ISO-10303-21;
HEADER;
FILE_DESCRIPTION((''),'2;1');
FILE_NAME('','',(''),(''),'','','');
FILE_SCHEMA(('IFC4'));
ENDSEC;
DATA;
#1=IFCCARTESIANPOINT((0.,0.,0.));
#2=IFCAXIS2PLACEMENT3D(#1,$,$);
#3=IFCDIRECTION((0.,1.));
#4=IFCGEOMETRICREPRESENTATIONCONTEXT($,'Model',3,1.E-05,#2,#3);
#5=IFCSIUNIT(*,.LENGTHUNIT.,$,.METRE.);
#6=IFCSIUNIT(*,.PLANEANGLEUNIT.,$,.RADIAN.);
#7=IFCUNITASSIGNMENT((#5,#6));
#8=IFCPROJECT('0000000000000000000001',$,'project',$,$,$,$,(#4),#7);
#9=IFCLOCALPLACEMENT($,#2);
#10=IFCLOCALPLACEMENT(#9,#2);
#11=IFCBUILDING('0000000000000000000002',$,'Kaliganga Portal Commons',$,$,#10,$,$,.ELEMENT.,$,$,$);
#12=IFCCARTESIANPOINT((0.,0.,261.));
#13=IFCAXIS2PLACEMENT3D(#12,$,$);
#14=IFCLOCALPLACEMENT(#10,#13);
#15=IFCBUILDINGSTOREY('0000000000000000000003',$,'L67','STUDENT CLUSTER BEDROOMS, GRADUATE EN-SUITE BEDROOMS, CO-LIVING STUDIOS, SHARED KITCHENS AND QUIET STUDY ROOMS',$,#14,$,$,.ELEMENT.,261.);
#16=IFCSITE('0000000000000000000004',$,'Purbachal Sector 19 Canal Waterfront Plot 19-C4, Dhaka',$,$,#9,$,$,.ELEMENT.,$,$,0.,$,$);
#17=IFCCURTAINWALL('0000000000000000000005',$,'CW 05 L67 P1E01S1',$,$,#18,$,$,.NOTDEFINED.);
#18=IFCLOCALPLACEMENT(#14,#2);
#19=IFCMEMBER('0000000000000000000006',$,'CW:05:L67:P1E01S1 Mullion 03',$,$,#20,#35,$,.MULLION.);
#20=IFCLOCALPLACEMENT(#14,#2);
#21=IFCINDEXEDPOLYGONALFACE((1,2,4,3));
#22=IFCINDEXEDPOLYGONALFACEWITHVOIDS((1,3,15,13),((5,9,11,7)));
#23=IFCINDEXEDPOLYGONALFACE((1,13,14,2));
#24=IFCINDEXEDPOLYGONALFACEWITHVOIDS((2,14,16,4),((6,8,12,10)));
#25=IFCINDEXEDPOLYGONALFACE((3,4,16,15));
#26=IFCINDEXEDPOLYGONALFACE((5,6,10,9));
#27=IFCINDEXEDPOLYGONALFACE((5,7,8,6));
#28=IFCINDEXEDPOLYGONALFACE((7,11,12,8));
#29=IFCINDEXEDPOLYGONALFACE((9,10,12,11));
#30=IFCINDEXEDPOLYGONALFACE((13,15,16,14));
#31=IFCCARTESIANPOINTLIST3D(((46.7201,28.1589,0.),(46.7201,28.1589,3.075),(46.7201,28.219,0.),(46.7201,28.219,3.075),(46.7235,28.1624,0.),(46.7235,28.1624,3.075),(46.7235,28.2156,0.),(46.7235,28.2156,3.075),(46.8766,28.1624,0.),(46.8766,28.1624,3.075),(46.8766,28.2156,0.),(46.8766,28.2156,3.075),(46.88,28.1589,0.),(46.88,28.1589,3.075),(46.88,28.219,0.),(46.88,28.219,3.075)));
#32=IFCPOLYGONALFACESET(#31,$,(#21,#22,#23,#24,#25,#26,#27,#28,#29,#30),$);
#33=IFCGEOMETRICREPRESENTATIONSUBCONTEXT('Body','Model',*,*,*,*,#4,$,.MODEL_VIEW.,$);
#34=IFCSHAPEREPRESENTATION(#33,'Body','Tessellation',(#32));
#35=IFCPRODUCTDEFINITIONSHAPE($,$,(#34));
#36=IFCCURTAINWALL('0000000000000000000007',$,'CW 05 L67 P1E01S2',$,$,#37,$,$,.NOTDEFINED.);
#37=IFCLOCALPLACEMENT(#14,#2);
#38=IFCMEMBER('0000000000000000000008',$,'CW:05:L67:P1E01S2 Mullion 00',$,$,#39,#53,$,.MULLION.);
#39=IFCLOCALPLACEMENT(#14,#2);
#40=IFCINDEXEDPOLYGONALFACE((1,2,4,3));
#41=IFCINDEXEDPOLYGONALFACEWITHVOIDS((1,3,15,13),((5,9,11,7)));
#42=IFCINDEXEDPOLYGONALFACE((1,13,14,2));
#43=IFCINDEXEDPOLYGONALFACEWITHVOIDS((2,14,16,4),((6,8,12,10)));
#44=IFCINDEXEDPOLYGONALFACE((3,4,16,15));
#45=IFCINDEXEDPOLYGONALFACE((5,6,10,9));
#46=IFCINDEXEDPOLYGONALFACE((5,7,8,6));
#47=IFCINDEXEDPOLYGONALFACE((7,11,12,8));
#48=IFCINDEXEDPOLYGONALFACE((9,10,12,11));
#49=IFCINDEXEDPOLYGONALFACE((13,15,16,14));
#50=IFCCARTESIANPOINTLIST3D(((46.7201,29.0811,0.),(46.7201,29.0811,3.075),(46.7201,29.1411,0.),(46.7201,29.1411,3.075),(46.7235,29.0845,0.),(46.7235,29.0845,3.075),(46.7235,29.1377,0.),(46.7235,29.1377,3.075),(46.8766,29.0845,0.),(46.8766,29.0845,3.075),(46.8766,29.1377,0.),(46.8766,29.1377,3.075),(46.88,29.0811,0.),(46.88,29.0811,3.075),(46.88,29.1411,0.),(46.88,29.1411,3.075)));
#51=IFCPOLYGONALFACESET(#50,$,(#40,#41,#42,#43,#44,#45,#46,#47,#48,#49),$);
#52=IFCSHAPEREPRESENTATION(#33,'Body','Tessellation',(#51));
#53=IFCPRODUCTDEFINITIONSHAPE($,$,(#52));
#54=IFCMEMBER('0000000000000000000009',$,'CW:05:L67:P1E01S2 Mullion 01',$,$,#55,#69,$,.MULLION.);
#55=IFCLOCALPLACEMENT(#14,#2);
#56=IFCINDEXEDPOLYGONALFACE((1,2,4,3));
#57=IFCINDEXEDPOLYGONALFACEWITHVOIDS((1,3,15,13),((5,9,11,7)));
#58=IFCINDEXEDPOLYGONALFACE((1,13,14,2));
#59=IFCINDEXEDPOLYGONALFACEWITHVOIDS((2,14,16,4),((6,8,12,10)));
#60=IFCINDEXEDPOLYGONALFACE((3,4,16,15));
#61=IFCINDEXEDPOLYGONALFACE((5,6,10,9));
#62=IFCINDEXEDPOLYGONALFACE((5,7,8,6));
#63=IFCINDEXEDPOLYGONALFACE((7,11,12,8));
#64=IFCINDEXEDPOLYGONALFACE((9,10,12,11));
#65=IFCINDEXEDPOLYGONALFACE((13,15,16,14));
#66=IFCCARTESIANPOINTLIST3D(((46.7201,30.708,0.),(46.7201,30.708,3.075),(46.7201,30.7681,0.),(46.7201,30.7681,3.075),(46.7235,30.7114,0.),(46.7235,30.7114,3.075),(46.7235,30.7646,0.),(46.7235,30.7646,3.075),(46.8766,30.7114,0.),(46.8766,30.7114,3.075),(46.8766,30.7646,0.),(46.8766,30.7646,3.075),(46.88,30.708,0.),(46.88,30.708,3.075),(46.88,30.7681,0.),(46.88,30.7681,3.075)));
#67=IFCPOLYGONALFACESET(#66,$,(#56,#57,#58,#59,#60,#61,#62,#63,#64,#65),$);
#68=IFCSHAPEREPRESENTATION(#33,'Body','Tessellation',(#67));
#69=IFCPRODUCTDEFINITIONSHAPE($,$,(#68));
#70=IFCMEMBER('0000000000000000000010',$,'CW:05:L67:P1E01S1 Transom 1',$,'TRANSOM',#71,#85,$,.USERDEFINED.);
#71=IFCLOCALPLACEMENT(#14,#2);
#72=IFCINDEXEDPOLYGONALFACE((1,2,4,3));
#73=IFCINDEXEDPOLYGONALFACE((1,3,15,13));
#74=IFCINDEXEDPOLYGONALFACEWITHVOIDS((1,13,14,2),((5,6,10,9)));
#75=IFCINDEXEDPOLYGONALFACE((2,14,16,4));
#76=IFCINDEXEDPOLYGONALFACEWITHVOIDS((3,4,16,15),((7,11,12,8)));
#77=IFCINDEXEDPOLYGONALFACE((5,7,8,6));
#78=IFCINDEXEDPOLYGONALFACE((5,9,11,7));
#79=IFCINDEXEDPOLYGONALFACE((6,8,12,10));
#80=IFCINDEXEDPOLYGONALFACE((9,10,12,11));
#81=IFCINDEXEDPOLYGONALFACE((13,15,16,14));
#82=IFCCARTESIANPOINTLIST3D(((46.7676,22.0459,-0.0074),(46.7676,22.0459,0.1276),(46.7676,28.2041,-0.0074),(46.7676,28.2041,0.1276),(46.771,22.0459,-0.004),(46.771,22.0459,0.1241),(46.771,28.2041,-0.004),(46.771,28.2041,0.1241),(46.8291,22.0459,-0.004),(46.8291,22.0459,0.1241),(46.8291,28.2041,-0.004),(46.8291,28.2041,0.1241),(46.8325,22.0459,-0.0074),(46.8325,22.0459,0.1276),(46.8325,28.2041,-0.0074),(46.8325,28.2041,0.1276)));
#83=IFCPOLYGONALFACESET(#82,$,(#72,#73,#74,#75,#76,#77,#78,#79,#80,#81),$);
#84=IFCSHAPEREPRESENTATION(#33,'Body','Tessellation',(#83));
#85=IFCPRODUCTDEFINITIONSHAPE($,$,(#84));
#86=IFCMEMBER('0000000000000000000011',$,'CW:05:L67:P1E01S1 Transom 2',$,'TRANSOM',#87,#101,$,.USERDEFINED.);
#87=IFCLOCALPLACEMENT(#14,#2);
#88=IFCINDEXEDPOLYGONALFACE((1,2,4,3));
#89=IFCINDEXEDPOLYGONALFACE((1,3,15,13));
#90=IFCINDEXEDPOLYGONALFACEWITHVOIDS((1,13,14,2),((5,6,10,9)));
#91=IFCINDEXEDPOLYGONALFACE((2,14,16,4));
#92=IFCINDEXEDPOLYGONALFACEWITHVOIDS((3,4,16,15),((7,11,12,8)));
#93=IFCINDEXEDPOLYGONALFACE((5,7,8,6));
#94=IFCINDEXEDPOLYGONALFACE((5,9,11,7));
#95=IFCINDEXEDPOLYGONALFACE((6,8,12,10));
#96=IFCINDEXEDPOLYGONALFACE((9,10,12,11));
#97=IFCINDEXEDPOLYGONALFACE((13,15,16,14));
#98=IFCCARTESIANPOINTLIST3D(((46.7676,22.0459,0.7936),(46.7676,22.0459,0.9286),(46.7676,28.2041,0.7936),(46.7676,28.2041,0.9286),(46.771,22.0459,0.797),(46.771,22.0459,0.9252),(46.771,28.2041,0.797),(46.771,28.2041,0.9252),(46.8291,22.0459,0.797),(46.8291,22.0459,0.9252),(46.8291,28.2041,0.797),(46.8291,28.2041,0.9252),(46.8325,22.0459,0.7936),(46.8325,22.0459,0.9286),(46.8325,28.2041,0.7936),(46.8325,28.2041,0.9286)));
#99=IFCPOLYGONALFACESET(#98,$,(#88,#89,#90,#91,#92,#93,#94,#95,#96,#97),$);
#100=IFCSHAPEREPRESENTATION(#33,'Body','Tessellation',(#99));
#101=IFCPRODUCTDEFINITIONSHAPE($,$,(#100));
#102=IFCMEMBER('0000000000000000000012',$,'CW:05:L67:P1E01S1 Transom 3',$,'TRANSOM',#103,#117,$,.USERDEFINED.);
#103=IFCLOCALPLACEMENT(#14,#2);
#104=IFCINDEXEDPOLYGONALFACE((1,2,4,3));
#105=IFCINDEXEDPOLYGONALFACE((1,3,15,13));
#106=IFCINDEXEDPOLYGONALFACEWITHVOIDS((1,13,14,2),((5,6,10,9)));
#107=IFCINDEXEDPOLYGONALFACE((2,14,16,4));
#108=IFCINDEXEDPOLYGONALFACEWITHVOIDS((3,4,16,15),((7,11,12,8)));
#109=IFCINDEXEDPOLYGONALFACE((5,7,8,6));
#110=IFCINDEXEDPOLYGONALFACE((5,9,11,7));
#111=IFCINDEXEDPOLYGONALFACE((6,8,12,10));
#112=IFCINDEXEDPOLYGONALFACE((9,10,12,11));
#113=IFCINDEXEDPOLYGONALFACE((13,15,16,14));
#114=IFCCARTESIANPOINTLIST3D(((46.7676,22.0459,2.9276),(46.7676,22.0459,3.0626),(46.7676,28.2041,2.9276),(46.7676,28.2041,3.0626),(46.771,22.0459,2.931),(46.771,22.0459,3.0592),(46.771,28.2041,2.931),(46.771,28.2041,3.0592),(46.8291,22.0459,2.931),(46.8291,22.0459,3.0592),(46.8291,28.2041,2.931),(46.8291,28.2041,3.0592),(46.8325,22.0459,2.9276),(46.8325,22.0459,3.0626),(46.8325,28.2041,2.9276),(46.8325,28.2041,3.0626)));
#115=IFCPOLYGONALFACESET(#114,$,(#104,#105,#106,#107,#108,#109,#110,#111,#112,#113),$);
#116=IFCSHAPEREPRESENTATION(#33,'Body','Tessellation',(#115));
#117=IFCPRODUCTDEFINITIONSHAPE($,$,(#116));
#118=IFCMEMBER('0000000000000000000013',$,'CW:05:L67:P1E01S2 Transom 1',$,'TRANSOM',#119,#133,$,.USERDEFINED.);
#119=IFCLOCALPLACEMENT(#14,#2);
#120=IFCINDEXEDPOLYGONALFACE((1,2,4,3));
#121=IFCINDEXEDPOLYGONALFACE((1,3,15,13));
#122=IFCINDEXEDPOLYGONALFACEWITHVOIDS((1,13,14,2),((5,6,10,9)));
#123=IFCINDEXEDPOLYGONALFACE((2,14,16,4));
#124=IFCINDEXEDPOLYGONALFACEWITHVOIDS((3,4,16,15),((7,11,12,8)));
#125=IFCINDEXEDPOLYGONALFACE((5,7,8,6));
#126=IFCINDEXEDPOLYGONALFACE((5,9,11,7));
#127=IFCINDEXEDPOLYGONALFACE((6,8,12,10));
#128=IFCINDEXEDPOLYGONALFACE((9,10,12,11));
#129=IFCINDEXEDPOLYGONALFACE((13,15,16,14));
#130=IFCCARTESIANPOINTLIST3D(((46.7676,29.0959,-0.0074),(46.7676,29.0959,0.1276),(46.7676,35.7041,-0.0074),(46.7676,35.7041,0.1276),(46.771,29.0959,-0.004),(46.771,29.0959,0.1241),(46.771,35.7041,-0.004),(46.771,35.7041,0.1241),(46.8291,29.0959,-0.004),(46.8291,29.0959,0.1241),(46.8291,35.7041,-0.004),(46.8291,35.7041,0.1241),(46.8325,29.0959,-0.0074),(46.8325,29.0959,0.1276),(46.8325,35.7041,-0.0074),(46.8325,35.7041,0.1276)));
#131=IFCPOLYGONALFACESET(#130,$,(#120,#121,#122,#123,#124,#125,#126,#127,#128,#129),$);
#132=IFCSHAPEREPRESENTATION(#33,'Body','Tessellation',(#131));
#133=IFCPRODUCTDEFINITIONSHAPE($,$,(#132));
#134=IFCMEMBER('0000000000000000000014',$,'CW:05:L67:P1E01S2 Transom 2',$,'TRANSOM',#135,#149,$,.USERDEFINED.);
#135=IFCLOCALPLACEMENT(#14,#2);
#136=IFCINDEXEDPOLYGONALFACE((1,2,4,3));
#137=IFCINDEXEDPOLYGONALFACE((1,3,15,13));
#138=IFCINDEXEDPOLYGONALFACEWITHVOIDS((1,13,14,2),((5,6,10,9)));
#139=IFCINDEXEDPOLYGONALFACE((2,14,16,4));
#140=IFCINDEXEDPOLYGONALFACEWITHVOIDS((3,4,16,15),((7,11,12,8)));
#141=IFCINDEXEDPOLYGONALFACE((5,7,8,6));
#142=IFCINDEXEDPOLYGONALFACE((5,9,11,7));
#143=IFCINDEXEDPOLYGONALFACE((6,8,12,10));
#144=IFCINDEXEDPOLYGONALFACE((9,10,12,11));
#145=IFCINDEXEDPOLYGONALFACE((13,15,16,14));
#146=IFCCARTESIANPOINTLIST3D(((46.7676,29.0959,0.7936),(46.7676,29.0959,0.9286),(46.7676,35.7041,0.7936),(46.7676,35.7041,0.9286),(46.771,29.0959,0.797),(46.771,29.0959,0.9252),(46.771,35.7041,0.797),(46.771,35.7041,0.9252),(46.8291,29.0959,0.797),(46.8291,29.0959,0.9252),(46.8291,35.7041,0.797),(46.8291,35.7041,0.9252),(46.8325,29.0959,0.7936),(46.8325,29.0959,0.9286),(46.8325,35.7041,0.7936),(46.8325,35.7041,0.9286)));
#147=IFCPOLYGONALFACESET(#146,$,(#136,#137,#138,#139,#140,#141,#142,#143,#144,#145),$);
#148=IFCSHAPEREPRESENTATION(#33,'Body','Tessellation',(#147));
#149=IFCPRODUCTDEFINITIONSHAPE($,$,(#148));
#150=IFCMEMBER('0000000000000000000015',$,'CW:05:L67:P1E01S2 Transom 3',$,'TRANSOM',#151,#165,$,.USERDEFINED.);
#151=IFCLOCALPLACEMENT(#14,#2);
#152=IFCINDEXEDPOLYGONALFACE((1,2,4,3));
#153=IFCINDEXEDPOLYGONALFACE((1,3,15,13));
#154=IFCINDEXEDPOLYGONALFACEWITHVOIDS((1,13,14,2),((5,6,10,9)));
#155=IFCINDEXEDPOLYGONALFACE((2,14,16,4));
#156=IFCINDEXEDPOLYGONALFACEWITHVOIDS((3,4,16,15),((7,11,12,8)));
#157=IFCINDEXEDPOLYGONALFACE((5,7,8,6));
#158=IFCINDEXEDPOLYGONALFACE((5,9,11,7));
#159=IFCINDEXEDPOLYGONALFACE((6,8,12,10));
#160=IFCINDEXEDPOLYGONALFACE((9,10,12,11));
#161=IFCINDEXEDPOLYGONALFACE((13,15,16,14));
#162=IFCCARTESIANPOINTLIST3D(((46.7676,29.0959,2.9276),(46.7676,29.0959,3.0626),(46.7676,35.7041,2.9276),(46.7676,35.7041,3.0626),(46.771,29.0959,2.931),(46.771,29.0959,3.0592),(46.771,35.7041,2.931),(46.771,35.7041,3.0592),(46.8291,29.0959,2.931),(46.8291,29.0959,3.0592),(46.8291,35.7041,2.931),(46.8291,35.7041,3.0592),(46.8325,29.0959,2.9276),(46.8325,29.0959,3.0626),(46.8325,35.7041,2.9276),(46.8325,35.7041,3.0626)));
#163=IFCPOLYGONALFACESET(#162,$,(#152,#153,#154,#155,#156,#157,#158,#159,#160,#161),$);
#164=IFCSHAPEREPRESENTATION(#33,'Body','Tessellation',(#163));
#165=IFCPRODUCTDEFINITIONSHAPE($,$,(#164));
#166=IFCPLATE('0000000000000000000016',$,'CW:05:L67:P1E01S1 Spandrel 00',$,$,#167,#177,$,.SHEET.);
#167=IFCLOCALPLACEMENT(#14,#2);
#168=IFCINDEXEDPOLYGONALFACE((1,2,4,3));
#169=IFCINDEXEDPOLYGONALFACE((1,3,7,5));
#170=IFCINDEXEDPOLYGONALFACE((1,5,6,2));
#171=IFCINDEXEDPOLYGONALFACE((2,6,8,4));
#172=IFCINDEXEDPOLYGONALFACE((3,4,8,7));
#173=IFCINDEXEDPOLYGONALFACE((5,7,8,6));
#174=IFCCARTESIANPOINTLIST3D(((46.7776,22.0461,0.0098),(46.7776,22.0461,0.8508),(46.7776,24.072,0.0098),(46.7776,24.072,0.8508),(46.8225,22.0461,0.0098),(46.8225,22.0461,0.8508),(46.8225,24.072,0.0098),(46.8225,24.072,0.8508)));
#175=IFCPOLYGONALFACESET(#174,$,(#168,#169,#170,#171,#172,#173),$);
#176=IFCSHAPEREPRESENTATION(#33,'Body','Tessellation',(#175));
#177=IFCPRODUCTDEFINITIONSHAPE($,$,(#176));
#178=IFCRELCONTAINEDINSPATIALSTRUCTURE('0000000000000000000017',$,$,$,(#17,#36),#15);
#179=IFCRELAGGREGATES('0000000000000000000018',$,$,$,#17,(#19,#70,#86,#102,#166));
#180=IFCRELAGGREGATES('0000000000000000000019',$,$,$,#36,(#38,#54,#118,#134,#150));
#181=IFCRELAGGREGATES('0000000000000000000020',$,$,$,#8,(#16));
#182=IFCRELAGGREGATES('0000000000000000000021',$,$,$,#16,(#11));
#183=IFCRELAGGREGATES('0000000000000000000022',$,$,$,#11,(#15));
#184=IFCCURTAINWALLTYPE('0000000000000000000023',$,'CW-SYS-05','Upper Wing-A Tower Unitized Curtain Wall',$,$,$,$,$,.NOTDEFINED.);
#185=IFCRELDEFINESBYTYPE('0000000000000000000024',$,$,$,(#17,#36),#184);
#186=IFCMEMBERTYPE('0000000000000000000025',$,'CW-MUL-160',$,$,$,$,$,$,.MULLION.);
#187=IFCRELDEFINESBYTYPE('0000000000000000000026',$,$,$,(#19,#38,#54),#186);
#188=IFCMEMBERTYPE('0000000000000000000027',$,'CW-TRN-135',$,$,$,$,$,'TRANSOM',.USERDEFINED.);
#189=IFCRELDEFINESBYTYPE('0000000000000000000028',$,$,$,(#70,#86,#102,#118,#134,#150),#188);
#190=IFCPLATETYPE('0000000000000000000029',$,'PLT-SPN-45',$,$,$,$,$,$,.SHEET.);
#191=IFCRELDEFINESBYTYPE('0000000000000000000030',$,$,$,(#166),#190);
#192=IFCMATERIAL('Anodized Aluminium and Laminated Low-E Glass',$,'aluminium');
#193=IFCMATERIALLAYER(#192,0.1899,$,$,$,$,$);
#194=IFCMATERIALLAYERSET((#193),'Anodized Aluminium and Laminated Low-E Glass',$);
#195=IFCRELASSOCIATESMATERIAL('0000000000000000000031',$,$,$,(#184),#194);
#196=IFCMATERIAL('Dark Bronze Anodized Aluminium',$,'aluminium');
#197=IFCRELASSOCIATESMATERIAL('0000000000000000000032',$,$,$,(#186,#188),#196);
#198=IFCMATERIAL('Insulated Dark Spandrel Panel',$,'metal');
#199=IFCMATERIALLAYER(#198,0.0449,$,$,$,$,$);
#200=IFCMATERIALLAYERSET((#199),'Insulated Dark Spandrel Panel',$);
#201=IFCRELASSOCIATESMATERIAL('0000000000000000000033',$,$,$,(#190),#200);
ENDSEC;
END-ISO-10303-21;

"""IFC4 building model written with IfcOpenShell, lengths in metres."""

from ifc_helpers import new_model, si_unit, direction, frame, origin, origin_2d, place, context, subcontext, project, spatial, rectangle, hollow_rectangle, extrude, source, transform, mapped, material, layer, layer_set, material_profile, profile_set, type_object, element, aggregate, save


model = new_model("IFC4")

# Units and contexts
model_context = context("Model", 3, precision=1e-05, world=origin(), true_north=direction((0.0, 1.0)))
body_context = subcontext(model_context, "Body", "Model", "MODEL_VIEW")
ifc_project = project(units=[si_unit("LENGTHUNIT", "METRE"), si_unit("PLANEANGLEUNIT", "RADIAN")], contexts=[model_context])

# Site, building, storey
site_placement = place(None, origin())
site = spatial("IfcSite", under=ifc_project, at=site_placement, Name="Purbachal Sector 19 Canal Waterfront Plot 19-C4, Dhaka", CompositionType="ELEMENT", RefElevation=0.0)
building_placement = place(site_placement, origin())
building = spatial("IfcBuilding", under=site, at=building_placement, Name="Kaliganga Portal Commons", CompositionType="ELEMENT")
storey_placement = place(building_placement, frame((0.0, 0.0, 261.0)))
storey = spatial("IfcBuildingStorey", under=building, at=storey_placement, Name="L67", Description="STUDENT CLUSTER BEDROOMS, GRADUATE EN-SUITE BEDROOMS, CO-LIVING STUDIOS, SHARED KITCHENS AND QUIET STUDY ROOMS", CompositionType="ELEMENT", Elevation=261.0)

# Curtain walls, members
ifc_material_1 = material(Name="Anodized Aluminium and Laminated Low-E Glass", Category="aluminium")
ifc_layer_1 = layer(ifc_material_1, 0.1899)
ifc_layer_set_1 = layer_set([ifc_layer_1], Name="Anodized Aluminium and Laminated Low-E Glass")
curtain_wall_type = type_object("IfcCurtainWallType", Name="CW-SYS-05", Description="Upper Wing-A Tower Unitized Curtain Wall", PredefinedType="NOTDEFINED", material=ifc_layer_set_1)
curtain_wall_1_placement = place(storey_placement, origin())
curtain_wall_1 = element("IfcCurtainWall", 1, at=curtain_wall_1_placement, inside=storey, type_object=curtain_wall_type, Name="CW 05 L67 P1E01S1", PredefinedType="NOTDEFINED")
ifc_material_2 = material(Name="Dark Bronze Anodized Aluminium", Category="aluminium")
ifc_material_profile_1 = material_profile(ifc_material_2, hollow_rectangle(XDim=0.0601, YDim=0.1599, WallThickness=0.0034, at=origin_2d()), Name="ALU MULL 60x160x3.5")
ifc_profile_set_1 = profile_set([ifc_material_profile_1], Name="Dark Bronze Anodized Aluminium")
member_type_1 = type_object("IfcMemberType", Name="CW-MUL-160", PredefinedType="MULLION", material=ifc_profile_set_1)
shared_shape_1 = source(origin(), body_context, "Body", "SweptSolid", [
    extrude(hollow_rectangle(XDim=0.0601, YDim=0.1599, WallThickness=0.0034, at=origin_2d()), origin(), (0.0, 0.0, 1.0), 3.075),
])
member_1_placement = place(storey_placement, frame((46.8, 28.189, 0.0), z_axis=(0.0, 0.0, 1.0), x_axis=(0.0, 1.0, 0.0)))
member_1 = element("IfcMember", 2, at=member_1_placement, type_object=member_type_1, Name="CW:05:L67:P1E01S1 Mullion 03", PredefinedType="MULLION", context=body_context, shape_type="MappedRepresentation", body=[
    mapped(shared_shape_1, transform((0.0, 0.0, 0.0), x_axis=(1.0, 0.0, 0.0), y_axis=(0.0, 1.0, 0.0), z_axis=(0.0, 0.0, 1.0), scale=1.0)),
])
curtain_wall_2_placement = place(storey_placement, origin())
curtain_wall_2 = element("IfcCurtainWall", 3, at=curtain_wall_2_placement, inside=storey, type_object=curtain_wall_type, Name="CW 05 L67 P1E01S2", PredefinedType="NOTDEFINED")
member_2_placement = place(storey_placement, frame((46.8, 29.1111, 0.0), z_axis=(0.0, 0.0, 1.0), x_axis=(0.0, 1.0, 0.0)))
member_2 = element("IfcMember", 4, at=member_2_placement, type_object=member_type_1, Name="CW:05:L67:P1E01S2 Mullion 00", PredefinedType="MULLION", context=body_context, shape_type="MappedRepresentation", body=[
    mapped(shared_shape_1, transform((0.0, 0.0, 0.0), x_axis=(1.0, 0.0, 0.0), y_axis=(0.0, 1.0, 0.0), z_axis=(0.0, 0.0, 1.0), scale=1.0)),
])
member_3_placement = place(storey_placement, frame((46.8, 30.738, 0.0), z_axis=(0.0, 0.0, 1.0), x_axis=(0.0, 1.0, 0.0)))
member_3 = element("IfcMember", 5, at=member_3_placement, type_object=member_type_1, Name="CW:05:L67:P1E01S2 Mullion 01", PredefinedType="MULLION", context=body_context, shape_type="MappedRepresentation", body=[
    mapped(shared_shape_1, transform((0.0, 0.0, 0.0), x_axis=(1.0, 0.0, 0.0), y_axis=(0.0, 1.0, 0.0), z_axis=(0.0, 0.0, 1.0), scale=1.0)),
])

# Members
ifc_material_profile_2 = material_profile(ifc_material_2, hollow_rectangle(XDim=0.0649, YDim=0.135, WallThickness=0.0034, at=origin_2d()), Name="ALU TRAN 65x135x3.5")
ifc_profile_set_2 = profile_set([ifc_material_profile_2], Name="Dark Bronze Anodized Aluminium")
member_type_2 = type_object("IfcMemberType", Name="CW-TRN-135", ElementType="TRANSOM", PredefinedType="USERDEFINED", material=ifc_profile_set_2)
shared_shape_2 = source(origin(), body_context, "Body", "SweptSolid", [
    extrude(hollow_rectangle(XDim=0.0649, YDim=0.135, WallThickness=0.0034, at=origin_2d()), origin(), (0.0, 0.0, 1.0), 6.1582),
])
member_4_placement = place(storey_placement, frame((46.8, 22.0459, 0.0601), z_axis=(0.0, 1.0, 0.0), x_axis=(-1.0, 0.0, 0.0)))
member_4 = element("IfcMember", 6, at=member_4_placement, type_object=member_type_2, Name="CW:05:L67:P1E01S1 Transom 1", ObjectType="TRANSOM", PredefinedType="USERDEFINED", context=body_context, shape_type="MappedRepresentation", body=[
    mapped(shared_shape_2, transform((0.0, 0.0, 0.0), x_axis=(1.0, 0.0, 0.0), y_axis=(0.0, 1.0, 0.0), z_axis=(0.0, 0.0, 1.0), scale=1.0)),
])
member_5_placement = place(storey_placement, frame((46.8, 22.0459, 0.8611), z_axis=(0.0, 1.0, 0.0), x_axis=(-1.0, 0.0, 0.0)))
member_5 = element("IfcMember", 7, at=member_5_placement, type_object=member_type_2, Name="CW:05:L67:P1E01S1 Transom 2", ObjectType="TRANSOM", PredefinedType="USERDEFINED", context=body_context, shape_type="MappedRepresentation", body=[
    mapped(shared_shape_2, transform((0.0, 0.0, 0.0), x_axis=(1.0, 0.0, 0.0), y_axis=(0.0, 1.0, 0.0), z_axis=(0.0, 0.0, 1.0), scale=1.0)),
])
member_6_placement = place(storey_placement, frame((46.8, 22.0459, 2.9951), z_axis=(0.0, 1.0, 0.0), x_axis=(-1.0, 0.0, 0.0)))
member_6 = element("IfcMember", 8, at=member_6_placement, type_object=member_type_2, Name="CW:05:L67:P1E01S1 Transom 3", ObjectType="TRANSOM", PredefinedType="USERDEFINED", context=body_context, shape_type="MappedRepresentation", body=[
    mapped(shared_shape_2, transform((0.0, 0.0, 0.0), x_axis=(1.0, 0.0, 0.0), y_axis=(0.0, 1.0, 0.0), z_axis=(0.0, 0.0, 1.0), scale=1.0)),
])
shared_shape_3 = source(origin(), body_context, "Body", "SweptSolid", [
    extrude(hollow_rectangle(XDim=0.0649, YDim=0.135, WallThickness=0.0034, at=origin_2d()), origin(), (0.0, 0.0, 1.0), 6.6082),
])
member_7_placement = place(storey_placement, frame((46.8, 29.0959, 0.0601), z_axis=(0.0, 1.0, 0.0), x_axis=(-1.0, 0.0, 0.0)))
member_7 = element("IfcMember", 9, at=member_7_placement, type_object=member_type_2, Name="CW:05:L67:P1E01S2 Transom 1", ObjectType="TRANSOM", PredefinedType="USERDEFINED", context=body_context, shape_type="MappedRepresentation", body=[
    mapped(shared_shape_3, transform((0.0, 0.0, 0.0), x_axis=(1.0, 0.0, 0.0), y_axis=(0.0, 1.0, 0.0), z_axis=(0.0, 0.0, 1.0), scale=1.0)),
])
member_8_placement = place(storey_placement, frame((46.8, 29.0959, 0.8611), z_axis=(0.0, 1.0, 0.0), x_axis=(-1.0, 0.0, 0.0)))
member_8 = element("IfcMember", 10, at=member_8_placement, type_object=member_type_2, Name="CW:05:L67:P1E01S2 Transom 2", ObjectType="TRANSOM", PredefinedType="USERDEFINED", context=body_context, shape_type="MappedRepresentation", body=[
    mapped(shared_shape_3, transform((0.0, 0.0, 0.0), x_axis=(1.0, 0.0, 0.0), y_axis=(0.0, 1.0, 0.0), z_axis=(0.0, 0.0, 1.0), scale=1.0)),
])
member_9_placement = place(storey_placement, frame((46.8, 29.0959, 2.9951), z_axis=(0.0, 1.0, 0.0), x_axis=(-1.0, 0.0, 0.0)))
member_9 = element("IfcMember", 11, at=member_9_placement, type_object=member_type_2, Name="CW:05:L67:P1E01S2 Transom 3", ObjectType="TRANSOM", PredefinedType="USERDEFINED", context=body_context, shape_type="MappedRepresentation", body=[
    mapped(shared_shape_3, transform((0.0, 0.0, 0.0), x_axis=(1.0, 0.0, 0.0), y_axis=(0.0, 1.0, 0.0), z_axis=(0.0, 0.0, 1.0), scale=1.0)),
])

# Plate
ifc_material_3 = material(Name="Insulated Dark Spandrel Panel", Category="metal")
ifc_layer_2 = layer(ifc_material_3, 0.0449)
ifc_layer_set_2 = layer_set([ifc_layer_2], Name="Insulated Dark Spandrel Panel")
plate_type_1 = type_object("IfcPlateType", Name="PLT-SPN-45", PredefinedType="SHEET", material=ifc_layer_set_2)
shared_shape_4 = source(origin(), body_context, "Body", "SweptSolid", [
    extrude(rectangle(XDim=2.0259, YDim=0.0449, at=origin_2d()), origin(), (0.0, 0.0, 1.0), 0.8411),
])
plate_1_placement = place(storey_placement, frame((46.8, 23.0591, 0.0098), z_axis=(0.0, 0.0, 1.0), x_axis=(0.0, 1.0, 0.0)))
plate_1 = element("IfcPlate", 12, at=plate_1_placement, type_object=plate_type_1, Name="CW:05:L67:P1E01S1 Spandrel 00", PredefinedType="SHEET", context=body_context, shape_type="MappedRepresentation", body=[
    mapped(shared_shape_4, transform((0.0, 0.0, 0.0), x_axis=(1.0, 0.0, 0.0), y_axis=(0.0, 1.0, 0.0), z_axis=(0.0, 0.0, 1.0), scale=1.0)),
])
aggregate(curtain_wall_1, [member_1, member_4, member_5, member_6, plate_1])
aggregate(curtain_wall_2, [member_2, member_3, member_7, member_8, member_9])

save(model, "model.ifc")
